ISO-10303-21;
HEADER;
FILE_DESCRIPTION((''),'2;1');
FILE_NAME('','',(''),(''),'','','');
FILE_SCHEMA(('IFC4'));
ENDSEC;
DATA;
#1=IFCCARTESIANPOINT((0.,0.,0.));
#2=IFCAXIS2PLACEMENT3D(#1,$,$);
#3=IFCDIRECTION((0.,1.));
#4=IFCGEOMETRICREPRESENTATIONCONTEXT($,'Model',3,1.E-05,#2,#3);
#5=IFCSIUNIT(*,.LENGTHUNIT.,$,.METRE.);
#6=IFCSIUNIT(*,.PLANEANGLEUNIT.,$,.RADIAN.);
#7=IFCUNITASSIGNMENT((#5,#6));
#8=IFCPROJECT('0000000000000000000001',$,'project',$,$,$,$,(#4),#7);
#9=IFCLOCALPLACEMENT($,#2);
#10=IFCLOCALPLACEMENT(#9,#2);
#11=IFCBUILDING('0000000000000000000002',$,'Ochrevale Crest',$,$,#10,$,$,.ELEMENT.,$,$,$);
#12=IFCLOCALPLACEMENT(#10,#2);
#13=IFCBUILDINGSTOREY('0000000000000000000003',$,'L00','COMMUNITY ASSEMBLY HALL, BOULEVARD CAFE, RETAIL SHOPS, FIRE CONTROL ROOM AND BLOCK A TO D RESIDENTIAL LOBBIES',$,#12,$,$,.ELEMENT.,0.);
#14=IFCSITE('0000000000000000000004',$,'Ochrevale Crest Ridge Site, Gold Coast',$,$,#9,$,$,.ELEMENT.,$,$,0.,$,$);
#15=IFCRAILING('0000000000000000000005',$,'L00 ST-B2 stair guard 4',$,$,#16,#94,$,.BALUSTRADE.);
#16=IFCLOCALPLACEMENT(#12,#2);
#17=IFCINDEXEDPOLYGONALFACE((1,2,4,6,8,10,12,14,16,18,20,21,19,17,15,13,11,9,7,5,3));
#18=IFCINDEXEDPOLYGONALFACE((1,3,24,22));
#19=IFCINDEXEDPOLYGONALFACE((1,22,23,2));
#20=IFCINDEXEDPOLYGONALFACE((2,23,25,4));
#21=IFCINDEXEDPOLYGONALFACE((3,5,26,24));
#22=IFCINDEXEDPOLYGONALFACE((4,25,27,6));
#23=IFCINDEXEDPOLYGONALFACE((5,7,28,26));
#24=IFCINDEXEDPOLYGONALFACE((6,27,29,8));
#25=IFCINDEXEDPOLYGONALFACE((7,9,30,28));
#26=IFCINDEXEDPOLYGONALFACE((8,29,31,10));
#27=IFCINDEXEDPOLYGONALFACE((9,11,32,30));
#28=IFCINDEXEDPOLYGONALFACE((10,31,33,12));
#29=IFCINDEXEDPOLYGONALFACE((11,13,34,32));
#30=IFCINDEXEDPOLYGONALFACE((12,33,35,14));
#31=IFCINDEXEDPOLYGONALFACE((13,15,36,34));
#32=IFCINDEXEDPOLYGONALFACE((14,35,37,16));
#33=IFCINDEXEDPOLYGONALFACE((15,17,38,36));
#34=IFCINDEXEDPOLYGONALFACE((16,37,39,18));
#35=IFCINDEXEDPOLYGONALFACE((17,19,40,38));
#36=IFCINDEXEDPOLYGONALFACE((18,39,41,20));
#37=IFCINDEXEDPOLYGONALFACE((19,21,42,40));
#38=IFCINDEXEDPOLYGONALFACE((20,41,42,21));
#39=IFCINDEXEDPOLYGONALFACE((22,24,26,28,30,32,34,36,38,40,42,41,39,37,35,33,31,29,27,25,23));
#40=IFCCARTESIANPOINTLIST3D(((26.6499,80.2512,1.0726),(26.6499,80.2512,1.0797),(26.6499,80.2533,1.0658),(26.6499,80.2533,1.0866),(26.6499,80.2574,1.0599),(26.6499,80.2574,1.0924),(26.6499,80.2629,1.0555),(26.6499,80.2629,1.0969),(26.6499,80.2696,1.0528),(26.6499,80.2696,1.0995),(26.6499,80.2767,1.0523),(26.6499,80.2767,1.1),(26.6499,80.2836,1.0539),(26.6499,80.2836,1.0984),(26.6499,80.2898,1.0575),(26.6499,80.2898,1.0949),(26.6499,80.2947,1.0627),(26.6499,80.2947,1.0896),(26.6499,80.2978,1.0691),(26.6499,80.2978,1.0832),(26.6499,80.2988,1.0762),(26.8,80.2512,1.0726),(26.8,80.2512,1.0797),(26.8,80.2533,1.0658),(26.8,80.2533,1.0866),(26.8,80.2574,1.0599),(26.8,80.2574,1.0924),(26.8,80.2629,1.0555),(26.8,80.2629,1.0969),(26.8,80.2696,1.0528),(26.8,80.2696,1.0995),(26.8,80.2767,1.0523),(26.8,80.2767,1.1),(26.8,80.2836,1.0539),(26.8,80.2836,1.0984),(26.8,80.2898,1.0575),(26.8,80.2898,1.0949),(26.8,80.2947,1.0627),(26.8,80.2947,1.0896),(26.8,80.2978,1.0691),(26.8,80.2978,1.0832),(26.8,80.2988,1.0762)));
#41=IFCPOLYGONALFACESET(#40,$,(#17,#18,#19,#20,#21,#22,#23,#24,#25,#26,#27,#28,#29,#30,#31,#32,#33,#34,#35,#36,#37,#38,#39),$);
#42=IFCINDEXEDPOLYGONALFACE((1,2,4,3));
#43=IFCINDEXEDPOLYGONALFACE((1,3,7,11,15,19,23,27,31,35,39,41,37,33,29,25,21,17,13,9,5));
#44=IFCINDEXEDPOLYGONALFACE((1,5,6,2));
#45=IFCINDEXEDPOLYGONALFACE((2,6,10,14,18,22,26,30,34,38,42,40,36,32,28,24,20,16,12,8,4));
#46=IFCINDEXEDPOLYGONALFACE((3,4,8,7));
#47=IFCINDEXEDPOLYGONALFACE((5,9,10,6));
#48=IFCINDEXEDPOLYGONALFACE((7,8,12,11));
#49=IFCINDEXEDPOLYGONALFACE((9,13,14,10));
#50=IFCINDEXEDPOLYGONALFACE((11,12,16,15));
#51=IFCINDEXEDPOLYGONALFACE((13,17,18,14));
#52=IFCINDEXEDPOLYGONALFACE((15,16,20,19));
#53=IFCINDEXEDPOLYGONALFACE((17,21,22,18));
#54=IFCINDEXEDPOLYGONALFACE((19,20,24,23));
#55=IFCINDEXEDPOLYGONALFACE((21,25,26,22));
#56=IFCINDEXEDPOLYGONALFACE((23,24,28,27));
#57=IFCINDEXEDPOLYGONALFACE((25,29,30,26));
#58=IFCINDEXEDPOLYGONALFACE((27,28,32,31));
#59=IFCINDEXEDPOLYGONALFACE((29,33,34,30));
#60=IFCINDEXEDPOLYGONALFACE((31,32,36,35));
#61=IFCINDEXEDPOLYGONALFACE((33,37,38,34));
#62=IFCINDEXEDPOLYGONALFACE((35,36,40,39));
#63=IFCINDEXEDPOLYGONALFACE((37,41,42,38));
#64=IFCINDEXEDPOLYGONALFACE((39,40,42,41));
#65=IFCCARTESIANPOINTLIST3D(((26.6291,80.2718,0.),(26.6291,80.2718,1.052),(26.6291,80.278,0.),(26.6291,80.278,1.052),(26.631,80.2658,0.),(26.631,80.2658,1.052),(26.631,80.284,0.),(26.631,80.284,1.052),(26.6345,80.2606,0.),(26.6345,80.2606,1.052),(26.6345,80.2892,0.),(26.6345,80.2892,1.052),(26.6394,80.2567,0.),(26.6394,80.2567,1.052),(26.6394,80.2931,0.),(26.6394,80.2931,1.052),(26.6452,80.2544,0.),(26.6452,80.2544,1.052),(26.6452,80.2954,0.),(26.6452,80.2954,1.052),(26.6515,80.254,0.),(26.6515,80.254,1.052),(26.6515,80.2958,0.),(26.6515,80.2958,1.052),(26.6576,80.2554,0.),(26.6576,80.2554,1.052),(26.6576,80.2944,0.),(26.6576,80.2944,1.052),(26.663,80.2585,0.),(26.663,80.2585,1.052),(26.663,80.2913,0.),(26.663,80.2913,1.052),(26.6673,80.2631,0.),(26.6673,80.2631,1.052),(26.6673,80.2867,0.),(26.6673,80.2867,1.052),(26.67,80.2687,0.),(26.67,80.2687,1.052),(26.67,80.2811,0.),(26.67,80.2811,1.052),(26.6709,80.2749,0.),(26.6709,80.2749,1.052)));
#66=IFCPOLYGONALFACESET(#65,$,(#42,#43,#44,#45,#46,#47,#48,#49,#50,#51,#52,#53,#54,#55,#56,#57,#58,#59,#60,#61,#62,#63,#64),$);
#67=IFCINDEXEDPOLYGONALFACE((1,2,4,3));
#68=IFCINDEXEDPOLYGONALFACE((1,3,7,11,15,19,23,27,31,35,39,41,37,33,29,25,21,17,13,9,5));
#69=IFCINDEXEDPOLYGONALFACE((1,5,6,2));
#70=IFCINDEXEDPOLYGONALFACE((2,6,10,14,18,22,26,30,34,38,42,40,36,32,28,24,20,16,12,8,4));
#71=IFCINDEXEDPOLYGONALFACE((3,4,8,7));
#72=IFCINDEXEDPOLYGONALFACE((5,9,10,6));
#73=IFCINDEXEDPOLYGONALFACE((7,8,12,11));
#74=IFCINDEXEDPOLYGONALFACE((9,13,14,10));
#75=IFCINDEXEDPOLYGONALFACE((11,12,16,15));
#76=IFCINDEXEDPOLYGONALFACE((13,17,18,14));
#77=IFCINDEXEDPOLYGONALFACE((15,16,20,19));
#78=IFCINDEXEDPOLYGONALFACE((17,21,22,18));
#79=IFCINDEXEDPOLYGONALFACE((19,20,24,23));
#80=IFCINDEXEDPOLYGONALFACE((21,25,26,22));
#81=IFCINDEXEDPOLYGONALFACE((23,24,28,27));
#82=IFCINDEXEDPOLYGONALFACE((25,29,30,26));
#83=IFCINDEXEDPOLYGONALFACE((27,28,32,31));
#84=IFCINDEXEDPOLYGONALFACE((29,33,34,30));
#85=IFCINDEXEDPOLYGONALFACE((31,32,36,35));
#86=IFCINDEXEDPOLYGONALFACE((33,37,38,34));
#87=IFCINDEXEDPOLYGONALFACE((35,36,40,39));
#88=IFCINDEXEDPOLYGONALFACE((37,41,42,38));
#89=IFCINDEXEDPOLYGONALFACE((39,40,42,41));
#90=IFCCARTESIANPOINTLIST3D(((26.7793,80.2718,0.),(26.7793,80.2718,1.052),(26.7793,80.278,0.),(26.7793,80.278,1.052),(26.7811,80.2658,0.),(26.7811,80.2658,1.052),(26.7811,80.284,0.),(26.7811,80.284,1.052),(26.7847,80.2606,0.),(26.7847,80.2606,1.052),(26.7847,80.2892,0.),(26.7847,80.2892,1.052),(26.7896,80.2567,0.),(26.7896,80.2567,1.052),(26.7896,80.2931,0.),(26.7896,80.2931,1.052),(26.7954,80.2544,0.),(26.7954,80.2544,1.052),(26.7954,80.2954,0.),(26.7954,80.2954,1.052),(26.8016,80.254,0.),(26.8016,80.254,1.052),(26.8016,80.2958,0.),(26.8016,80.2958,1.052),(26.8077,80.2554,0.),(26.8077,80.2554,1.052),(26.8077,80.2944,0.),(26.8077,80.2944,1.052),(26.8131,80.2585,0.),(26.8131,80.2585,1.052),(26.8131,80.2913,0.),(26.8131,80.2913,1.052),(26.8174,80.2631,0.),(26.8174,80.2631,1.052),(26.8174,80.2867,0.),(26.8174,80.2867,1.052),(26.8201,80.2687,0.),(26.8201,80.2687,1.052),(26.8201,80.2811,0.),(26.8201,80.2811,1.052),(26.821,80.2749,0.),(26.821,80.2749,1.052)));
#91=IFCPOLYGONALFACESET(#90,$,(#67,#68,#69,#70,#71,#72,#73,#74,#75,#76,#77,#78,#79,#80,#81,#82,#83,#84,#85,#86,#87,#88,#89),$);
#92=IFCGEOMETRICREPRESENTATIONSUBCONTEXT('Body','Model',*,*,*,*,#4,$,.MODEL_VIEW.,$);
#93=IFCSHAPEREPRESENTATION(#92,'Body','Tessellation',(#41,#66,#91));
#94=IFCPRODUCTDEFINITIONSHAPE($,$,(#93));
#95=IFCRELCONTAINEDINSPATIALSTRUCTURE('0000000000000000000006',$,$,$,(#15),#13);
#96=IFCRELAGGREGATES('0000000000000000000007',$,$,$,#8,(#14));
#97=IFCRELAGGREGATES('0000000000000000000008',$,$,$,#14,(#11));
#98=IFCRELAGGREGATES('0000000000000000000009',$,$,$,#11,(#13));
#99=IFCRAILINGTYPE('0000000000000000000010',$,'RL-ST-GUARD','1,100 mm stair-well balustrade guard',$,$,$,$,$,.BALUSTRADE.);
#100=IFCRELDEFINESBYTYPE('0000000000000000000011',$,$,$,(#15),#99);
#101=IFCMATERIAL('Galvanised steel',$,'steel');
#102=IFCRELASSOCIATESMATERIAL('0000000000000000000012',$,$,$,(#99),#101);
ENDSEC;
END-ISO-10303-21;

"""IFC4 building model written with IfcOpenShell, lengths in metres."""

from ifc_helpers import new_model, si_unit, direction, frame, origin, origin_2d, place, context, subcontext, project, spatial, circle, extrude, material, type_object, element, save


model = new_model("IFC4")

# Units and contexts
model_context = context("Model", 3, precision=1e-05, world=origin(), true_north=direction((0.0, 1.0)))
body_context = subcontext(model_context, "Body", "Model", "MODEL_VIEW")
ifc_project = project(units=[si_unit("LENGTHUNIT", "METRE"), si_unit("PLANEANGLEUNIT", "RADIAN")], contexts=[model_context])

# Site, building, storey
site_placement = place(None, origin())
site = spatial("IfcSite", under=ifc_project, at=site_placement, Name="Ochrevale Crest Ridge Site, Gold Coast", CompositionType="ELEMENT", RefElevation=0.0)
building_placement = place(site_placement, origin())
building = spatial("IfcBuilding", under=site, at=building_placement, Name="Ochrevale Crest", CompositionType="ELEMENT")
storey_placement = place(building_placement, origin())
storey = spatial("IfcBuildingStorey", under=building, at=storey_placement, Name="L00", Description="COMMUNITY ASSEMBLY HALL, BOULEVARD CAFE, RETAIL SHOPS, FIRE CONTROL ROOM AND BLOCK A TO D RESIDENTIAL LOBBIES", CompositionType="ELEMENT", Elevation=0.0)

# Railing
ifc_material_1 = material(Name="Galvanised steel", Category="steel")
railing_type_1 = type_object("IfcRailingType", Name="RL-ST-GUARD", Description="1,100 mm stair-well balustrade guard", PredefinedType="BALUSTRADE", material=ifc_material_1)
railing_1_placement = place(storey_placement, frame((26.6499, 80.2749, 0.0)))
element("IfcRailing", 1, at=railing_1_placement, inside=storey, type_object=railing_type_1, Name="L00 ST-B2 stair guard 4", PredefinedType="BALUSTRADE", context=body_context, shape_type="SweptSolid", body=[
    extrude(circle(Radius=0.0239, at=origin_2d()), frame((0.0, 0.0, 1.0762), z_axis=(1.0, 0.0, 0.0), x_axis=(0.0, 1.0, 0.0)), (0.0, 0.0, 1.0), 0.1501),
    extrude(circle(Radius=0.021, at=origin_2d()), origin(), (0.0, 0.0, 1.0), 1.052),
    extrude(circle(Radius=0.021, at=origin_2d()), frame((0.1501, 0.0, 0.0)), (0.0, 0.0, 1.0), 1.052),
])

save(model, "model.ifc")
